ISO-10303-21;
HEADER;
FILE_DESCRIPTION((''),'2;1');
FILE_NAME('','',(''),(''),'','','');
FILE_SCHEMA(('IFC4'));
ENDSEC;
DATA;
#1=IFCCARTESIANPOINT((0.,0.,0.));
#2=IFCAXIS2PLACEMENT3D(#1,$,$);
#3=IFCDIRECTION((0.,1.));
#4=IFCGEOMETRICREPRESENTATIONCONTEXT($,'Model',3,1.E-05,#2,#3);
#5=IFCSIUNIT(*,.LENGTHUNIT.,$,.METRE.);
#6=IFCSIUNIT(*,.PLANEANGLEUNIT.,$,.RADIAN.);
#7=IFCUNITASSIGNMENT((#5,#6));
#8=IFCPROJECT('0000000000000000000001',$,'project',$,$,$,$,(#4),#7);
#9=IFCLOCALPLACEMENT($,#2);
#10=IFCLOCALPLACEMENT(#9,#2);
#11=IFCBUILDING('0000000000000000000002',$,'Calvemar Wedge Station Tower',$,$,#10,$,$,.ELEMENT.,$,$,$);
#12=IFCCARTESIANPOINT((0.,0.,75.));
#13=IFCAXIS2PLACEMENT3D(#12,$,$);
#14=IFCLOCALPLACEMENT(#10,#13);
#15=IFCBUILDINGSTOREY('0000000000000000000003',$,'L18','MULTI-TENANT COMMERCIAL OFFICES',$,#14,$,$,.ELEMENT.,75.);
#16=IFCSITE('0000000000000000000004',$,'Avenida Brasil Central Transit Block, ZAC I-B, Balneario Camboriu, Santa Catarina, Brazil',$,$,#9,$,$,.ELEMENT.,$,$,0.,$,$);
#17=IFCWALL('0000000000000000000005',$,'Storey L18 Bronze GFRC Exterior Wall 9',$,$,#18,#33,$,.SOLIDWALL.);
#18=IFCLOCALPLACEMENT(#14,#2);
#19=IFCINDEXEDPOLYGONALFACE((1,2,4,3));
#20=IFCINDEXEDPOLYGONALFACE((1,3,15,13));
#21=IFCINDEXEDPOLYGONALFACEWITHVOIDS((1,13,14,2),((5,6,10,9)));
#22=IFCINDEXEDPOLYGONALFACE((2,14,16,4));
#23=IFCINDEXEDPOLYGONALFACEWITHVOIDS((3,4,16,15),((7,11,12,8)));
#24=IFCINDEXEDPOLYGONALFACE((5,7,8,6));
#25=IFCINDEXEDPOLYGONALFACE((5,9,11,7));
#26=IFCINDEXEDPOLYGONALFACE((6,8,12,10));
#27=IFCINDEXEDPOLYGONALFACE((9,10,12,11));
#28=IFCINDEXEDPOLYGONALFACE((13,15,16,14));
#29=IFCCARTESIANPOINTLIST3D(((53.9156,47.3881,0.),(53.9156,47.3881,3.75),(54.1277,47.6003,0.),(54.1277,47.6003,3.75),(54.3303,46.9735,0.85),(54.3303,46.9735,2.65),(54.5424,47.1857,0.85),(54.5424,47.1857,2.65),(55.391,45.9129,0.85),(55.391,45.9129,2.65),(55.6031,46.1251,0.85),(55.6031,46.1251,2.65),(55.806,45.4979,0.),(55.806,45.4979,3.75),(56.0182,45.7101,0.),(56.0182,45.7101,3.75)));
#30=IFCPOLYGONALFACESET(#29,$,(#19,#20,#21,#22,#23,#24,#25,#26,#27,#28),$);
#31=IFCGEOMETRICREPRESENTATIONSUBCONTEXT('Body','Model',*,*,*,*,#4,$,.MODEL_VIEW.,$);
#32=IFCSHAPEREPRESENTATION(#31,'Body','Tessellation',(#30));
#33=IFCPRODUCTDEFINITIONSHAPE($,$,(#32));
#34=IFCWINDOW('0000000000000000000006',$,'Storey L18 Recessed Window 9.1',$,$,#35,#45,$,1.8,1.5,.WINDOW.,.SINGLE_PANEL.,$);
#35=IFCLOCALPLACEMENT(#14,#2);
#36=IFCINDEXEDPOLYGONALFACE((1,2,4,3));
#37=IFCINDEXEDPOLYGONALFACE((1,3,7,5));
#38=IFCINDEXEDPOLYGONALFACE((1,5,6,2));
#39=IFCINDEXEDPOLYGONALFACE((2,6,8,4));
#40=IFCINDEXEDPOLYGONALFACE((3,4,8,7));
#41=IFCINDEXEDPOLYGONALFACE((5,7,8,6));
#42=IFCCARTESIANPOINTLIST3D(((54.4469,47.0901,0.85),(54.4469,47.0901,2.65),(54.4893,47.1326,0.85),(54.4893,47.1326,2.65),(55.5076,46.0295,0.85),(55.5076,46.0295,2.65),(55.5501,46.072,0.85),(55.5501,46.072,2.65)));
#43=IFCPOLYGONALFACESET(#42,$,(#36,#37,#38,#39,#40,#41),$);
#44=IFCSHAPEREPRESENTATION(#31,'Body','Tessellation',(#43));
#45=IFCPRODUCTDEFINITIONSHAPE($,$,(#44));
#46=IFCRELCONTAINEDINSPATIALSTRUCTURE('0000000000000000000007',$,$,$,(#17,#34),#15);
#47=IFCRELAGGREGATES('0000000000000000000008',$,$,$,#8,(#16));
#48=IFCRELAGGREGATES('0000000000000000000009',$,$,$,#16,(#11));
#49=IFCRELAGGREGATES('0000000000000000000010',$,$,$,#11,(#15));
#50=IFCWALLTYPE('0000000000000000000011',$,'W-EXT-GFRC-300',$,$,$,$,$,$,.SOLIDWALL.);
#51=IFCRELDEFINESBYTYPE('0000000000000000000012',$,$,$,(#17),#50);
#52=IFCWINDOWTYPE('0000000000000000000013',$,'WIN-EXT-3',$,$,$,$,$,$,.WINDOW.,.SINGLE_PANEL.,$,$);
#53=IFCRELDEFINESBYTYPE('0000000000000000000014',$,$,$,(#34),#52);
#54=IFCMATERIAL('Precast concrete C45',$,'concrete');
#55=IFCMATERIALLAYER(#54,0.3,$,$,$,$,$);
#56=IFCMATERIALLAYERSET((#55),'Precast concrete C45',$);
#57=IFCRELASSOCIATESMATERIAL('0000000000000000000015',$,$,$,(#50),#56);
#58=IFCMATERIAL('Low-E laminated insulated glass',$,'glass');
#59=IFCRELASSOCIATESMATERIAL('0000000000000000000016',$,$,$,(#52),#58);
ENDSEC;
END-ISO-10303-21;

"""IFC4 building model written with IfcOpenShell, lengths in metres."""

from ifc_helpers import new_model, si_unit, direction, frame, frame_2d, origin, place, context, subcontext, project, spatial, rectangle, extrude, source, transform, mapped, material, layer, layer_set, type_object, element, fill, save


model = new_model("IFC4")

# Units and contexts
model_context = context("Model", 3, precision=1e-05, world=origin(), true_north=direction((0.0, 1.0)))
body_context = subcontext(model_context, "Body", "Model", "MODEL_VIEW")
ifc_project = project(units=[si_unit("LENGTHUNIT", "METRE"), si_unit("PLANEANGLEUNIT", "RADIAN")], contexts=[model_context])

# Site, building, storey
site_placement = place(None, origin())
site = spatial("IfcSite", under=ifc_project, at=site_placement, Name="Avenida Brasil Central Transit Block, ZAC I-B, Balneario Camboriu, Santa Catarina, Brazil", CompositionType="ELEMENT", RefElevation=0.0)
building_placement = place(site_placement, origin())
building = spatial("IfcBuilding", under=site, at=building_placement, Name="Calvemar Wedge Station Tower", CompositionType="ELEMENT")
storey_placement = place(building_placement, frame((0.0, 0.0, 75.0)))
storey = spatial("IfcBuildingStorey", under=building, at=storey_placement, Name="L18", Description="MULTI-TENANT COMMERCIAL OFFICES", CompositionType="ELEMENT", Elevation=75.0)

# Wall, opening, window
ifc_material_1 = material(Name="Precast concrete C45", Category="concrete")
ifc_layer_1 = layer(ifc_material_1, 0.3)
ifc_layer_set_1 = layer_set([ifc_layer_1], Name="Precast concrete C45")
wall_type_1 = type_object("IfcWallType", Name="W-EXT-GFRC-300", PredefinedType="SOLIDWALL", material=ifc_layer_set_1)
wall_1_placement = place(storey_placement, frame((55.9121, 45.604, 0.0), z_axis=(0.0, 0.0, 1.0), x_axis=(-0.707152, 0.707061, 0.0)))
wall_1 = element("IfcWall", 1, at=wall_1_placement, inside=storey, type_object=wall_type_1, Name="Storey L18 Bronze GFRC Exterior Wall 9", PredefinedType="SOLIDWALL", context=body_context, shape_type="SweptSolid", body=[
    extrude(rectangle(XDim=2.6733, YDim=0.3, at=frame_2d((1.3367, 0.0))), origin(), (0.0, 0.0, 1.0), 3.75),
])
shared_shape_1 = source(origin(), body_context, "Body", "SweptSolid", [
    extrude(rectangle(XDim=1.5, YDim=1.8, at=frame_2d((0.75, 0.8999))), frame((0.0, 0.1602, 0.0), z_axis=(0.0, -1.0, 0.0), x_axis=(1.0, 0.0, 0.0)), (0.0, 0.0, 1.0), 0.3201),
])
opening_1_placement = place(wall_1_placement, frame((0.5869, 0.0, 0.8501)))
opening_1 = element("IfcOpeningElement", 2, at=opening_1_placement, cuts=wall_1, PredefinedType="OPENING", context=body_context, shape_type="MappedRepresentation", body=[
    mapped(shared_shape_1, transform((0.0, 0.0, 0.0), scale=1.0)),
])
ifc_material_2 = material(Name="Low-E laminated insulated glass", Category="glass")
window_type_1 = type_object("IfcWindowType", Name="WIN-EXT-3", PartitioningType="SINGLE_PANEL", PredefinedType="WINDOW", material=ifc_material_2)
shared_shape_2 = source(origin(), body_context, "Body", "SweptSolid", [
    extrude(rectangle(XDim=1.5, YDim=1.8, at=frame_2d((0.75, 0.8999))), frame((0.0, -0.0149, 0.0), z_axis=(0.0, -1.0, 0.0), x_axis=(1.0, 0.0, 0.0)), (0.0, 0.0, 1.0), 0.0601),
])
window_1_placement = place(opening_1_placement, origin())
window_1 = element("IfcWindow", 3, at=window_1_placement, inside=storey, type_object=window_type_1, Name="Storey L18 Recessed Window 9.1", OverallHeight=1.8, OverallWidth=1.5, PartitioningType="SINGLE_PANEL", PredefinedType="WINDOW", context=body_context, shape_type="MappedRepresentation", body=[
    mapped(shared_shape_2, transform((0.0, 0.0, 0.0), scale=1.0)),
])
fill(opening_1, window_1)

save(model, "model.ifc")
